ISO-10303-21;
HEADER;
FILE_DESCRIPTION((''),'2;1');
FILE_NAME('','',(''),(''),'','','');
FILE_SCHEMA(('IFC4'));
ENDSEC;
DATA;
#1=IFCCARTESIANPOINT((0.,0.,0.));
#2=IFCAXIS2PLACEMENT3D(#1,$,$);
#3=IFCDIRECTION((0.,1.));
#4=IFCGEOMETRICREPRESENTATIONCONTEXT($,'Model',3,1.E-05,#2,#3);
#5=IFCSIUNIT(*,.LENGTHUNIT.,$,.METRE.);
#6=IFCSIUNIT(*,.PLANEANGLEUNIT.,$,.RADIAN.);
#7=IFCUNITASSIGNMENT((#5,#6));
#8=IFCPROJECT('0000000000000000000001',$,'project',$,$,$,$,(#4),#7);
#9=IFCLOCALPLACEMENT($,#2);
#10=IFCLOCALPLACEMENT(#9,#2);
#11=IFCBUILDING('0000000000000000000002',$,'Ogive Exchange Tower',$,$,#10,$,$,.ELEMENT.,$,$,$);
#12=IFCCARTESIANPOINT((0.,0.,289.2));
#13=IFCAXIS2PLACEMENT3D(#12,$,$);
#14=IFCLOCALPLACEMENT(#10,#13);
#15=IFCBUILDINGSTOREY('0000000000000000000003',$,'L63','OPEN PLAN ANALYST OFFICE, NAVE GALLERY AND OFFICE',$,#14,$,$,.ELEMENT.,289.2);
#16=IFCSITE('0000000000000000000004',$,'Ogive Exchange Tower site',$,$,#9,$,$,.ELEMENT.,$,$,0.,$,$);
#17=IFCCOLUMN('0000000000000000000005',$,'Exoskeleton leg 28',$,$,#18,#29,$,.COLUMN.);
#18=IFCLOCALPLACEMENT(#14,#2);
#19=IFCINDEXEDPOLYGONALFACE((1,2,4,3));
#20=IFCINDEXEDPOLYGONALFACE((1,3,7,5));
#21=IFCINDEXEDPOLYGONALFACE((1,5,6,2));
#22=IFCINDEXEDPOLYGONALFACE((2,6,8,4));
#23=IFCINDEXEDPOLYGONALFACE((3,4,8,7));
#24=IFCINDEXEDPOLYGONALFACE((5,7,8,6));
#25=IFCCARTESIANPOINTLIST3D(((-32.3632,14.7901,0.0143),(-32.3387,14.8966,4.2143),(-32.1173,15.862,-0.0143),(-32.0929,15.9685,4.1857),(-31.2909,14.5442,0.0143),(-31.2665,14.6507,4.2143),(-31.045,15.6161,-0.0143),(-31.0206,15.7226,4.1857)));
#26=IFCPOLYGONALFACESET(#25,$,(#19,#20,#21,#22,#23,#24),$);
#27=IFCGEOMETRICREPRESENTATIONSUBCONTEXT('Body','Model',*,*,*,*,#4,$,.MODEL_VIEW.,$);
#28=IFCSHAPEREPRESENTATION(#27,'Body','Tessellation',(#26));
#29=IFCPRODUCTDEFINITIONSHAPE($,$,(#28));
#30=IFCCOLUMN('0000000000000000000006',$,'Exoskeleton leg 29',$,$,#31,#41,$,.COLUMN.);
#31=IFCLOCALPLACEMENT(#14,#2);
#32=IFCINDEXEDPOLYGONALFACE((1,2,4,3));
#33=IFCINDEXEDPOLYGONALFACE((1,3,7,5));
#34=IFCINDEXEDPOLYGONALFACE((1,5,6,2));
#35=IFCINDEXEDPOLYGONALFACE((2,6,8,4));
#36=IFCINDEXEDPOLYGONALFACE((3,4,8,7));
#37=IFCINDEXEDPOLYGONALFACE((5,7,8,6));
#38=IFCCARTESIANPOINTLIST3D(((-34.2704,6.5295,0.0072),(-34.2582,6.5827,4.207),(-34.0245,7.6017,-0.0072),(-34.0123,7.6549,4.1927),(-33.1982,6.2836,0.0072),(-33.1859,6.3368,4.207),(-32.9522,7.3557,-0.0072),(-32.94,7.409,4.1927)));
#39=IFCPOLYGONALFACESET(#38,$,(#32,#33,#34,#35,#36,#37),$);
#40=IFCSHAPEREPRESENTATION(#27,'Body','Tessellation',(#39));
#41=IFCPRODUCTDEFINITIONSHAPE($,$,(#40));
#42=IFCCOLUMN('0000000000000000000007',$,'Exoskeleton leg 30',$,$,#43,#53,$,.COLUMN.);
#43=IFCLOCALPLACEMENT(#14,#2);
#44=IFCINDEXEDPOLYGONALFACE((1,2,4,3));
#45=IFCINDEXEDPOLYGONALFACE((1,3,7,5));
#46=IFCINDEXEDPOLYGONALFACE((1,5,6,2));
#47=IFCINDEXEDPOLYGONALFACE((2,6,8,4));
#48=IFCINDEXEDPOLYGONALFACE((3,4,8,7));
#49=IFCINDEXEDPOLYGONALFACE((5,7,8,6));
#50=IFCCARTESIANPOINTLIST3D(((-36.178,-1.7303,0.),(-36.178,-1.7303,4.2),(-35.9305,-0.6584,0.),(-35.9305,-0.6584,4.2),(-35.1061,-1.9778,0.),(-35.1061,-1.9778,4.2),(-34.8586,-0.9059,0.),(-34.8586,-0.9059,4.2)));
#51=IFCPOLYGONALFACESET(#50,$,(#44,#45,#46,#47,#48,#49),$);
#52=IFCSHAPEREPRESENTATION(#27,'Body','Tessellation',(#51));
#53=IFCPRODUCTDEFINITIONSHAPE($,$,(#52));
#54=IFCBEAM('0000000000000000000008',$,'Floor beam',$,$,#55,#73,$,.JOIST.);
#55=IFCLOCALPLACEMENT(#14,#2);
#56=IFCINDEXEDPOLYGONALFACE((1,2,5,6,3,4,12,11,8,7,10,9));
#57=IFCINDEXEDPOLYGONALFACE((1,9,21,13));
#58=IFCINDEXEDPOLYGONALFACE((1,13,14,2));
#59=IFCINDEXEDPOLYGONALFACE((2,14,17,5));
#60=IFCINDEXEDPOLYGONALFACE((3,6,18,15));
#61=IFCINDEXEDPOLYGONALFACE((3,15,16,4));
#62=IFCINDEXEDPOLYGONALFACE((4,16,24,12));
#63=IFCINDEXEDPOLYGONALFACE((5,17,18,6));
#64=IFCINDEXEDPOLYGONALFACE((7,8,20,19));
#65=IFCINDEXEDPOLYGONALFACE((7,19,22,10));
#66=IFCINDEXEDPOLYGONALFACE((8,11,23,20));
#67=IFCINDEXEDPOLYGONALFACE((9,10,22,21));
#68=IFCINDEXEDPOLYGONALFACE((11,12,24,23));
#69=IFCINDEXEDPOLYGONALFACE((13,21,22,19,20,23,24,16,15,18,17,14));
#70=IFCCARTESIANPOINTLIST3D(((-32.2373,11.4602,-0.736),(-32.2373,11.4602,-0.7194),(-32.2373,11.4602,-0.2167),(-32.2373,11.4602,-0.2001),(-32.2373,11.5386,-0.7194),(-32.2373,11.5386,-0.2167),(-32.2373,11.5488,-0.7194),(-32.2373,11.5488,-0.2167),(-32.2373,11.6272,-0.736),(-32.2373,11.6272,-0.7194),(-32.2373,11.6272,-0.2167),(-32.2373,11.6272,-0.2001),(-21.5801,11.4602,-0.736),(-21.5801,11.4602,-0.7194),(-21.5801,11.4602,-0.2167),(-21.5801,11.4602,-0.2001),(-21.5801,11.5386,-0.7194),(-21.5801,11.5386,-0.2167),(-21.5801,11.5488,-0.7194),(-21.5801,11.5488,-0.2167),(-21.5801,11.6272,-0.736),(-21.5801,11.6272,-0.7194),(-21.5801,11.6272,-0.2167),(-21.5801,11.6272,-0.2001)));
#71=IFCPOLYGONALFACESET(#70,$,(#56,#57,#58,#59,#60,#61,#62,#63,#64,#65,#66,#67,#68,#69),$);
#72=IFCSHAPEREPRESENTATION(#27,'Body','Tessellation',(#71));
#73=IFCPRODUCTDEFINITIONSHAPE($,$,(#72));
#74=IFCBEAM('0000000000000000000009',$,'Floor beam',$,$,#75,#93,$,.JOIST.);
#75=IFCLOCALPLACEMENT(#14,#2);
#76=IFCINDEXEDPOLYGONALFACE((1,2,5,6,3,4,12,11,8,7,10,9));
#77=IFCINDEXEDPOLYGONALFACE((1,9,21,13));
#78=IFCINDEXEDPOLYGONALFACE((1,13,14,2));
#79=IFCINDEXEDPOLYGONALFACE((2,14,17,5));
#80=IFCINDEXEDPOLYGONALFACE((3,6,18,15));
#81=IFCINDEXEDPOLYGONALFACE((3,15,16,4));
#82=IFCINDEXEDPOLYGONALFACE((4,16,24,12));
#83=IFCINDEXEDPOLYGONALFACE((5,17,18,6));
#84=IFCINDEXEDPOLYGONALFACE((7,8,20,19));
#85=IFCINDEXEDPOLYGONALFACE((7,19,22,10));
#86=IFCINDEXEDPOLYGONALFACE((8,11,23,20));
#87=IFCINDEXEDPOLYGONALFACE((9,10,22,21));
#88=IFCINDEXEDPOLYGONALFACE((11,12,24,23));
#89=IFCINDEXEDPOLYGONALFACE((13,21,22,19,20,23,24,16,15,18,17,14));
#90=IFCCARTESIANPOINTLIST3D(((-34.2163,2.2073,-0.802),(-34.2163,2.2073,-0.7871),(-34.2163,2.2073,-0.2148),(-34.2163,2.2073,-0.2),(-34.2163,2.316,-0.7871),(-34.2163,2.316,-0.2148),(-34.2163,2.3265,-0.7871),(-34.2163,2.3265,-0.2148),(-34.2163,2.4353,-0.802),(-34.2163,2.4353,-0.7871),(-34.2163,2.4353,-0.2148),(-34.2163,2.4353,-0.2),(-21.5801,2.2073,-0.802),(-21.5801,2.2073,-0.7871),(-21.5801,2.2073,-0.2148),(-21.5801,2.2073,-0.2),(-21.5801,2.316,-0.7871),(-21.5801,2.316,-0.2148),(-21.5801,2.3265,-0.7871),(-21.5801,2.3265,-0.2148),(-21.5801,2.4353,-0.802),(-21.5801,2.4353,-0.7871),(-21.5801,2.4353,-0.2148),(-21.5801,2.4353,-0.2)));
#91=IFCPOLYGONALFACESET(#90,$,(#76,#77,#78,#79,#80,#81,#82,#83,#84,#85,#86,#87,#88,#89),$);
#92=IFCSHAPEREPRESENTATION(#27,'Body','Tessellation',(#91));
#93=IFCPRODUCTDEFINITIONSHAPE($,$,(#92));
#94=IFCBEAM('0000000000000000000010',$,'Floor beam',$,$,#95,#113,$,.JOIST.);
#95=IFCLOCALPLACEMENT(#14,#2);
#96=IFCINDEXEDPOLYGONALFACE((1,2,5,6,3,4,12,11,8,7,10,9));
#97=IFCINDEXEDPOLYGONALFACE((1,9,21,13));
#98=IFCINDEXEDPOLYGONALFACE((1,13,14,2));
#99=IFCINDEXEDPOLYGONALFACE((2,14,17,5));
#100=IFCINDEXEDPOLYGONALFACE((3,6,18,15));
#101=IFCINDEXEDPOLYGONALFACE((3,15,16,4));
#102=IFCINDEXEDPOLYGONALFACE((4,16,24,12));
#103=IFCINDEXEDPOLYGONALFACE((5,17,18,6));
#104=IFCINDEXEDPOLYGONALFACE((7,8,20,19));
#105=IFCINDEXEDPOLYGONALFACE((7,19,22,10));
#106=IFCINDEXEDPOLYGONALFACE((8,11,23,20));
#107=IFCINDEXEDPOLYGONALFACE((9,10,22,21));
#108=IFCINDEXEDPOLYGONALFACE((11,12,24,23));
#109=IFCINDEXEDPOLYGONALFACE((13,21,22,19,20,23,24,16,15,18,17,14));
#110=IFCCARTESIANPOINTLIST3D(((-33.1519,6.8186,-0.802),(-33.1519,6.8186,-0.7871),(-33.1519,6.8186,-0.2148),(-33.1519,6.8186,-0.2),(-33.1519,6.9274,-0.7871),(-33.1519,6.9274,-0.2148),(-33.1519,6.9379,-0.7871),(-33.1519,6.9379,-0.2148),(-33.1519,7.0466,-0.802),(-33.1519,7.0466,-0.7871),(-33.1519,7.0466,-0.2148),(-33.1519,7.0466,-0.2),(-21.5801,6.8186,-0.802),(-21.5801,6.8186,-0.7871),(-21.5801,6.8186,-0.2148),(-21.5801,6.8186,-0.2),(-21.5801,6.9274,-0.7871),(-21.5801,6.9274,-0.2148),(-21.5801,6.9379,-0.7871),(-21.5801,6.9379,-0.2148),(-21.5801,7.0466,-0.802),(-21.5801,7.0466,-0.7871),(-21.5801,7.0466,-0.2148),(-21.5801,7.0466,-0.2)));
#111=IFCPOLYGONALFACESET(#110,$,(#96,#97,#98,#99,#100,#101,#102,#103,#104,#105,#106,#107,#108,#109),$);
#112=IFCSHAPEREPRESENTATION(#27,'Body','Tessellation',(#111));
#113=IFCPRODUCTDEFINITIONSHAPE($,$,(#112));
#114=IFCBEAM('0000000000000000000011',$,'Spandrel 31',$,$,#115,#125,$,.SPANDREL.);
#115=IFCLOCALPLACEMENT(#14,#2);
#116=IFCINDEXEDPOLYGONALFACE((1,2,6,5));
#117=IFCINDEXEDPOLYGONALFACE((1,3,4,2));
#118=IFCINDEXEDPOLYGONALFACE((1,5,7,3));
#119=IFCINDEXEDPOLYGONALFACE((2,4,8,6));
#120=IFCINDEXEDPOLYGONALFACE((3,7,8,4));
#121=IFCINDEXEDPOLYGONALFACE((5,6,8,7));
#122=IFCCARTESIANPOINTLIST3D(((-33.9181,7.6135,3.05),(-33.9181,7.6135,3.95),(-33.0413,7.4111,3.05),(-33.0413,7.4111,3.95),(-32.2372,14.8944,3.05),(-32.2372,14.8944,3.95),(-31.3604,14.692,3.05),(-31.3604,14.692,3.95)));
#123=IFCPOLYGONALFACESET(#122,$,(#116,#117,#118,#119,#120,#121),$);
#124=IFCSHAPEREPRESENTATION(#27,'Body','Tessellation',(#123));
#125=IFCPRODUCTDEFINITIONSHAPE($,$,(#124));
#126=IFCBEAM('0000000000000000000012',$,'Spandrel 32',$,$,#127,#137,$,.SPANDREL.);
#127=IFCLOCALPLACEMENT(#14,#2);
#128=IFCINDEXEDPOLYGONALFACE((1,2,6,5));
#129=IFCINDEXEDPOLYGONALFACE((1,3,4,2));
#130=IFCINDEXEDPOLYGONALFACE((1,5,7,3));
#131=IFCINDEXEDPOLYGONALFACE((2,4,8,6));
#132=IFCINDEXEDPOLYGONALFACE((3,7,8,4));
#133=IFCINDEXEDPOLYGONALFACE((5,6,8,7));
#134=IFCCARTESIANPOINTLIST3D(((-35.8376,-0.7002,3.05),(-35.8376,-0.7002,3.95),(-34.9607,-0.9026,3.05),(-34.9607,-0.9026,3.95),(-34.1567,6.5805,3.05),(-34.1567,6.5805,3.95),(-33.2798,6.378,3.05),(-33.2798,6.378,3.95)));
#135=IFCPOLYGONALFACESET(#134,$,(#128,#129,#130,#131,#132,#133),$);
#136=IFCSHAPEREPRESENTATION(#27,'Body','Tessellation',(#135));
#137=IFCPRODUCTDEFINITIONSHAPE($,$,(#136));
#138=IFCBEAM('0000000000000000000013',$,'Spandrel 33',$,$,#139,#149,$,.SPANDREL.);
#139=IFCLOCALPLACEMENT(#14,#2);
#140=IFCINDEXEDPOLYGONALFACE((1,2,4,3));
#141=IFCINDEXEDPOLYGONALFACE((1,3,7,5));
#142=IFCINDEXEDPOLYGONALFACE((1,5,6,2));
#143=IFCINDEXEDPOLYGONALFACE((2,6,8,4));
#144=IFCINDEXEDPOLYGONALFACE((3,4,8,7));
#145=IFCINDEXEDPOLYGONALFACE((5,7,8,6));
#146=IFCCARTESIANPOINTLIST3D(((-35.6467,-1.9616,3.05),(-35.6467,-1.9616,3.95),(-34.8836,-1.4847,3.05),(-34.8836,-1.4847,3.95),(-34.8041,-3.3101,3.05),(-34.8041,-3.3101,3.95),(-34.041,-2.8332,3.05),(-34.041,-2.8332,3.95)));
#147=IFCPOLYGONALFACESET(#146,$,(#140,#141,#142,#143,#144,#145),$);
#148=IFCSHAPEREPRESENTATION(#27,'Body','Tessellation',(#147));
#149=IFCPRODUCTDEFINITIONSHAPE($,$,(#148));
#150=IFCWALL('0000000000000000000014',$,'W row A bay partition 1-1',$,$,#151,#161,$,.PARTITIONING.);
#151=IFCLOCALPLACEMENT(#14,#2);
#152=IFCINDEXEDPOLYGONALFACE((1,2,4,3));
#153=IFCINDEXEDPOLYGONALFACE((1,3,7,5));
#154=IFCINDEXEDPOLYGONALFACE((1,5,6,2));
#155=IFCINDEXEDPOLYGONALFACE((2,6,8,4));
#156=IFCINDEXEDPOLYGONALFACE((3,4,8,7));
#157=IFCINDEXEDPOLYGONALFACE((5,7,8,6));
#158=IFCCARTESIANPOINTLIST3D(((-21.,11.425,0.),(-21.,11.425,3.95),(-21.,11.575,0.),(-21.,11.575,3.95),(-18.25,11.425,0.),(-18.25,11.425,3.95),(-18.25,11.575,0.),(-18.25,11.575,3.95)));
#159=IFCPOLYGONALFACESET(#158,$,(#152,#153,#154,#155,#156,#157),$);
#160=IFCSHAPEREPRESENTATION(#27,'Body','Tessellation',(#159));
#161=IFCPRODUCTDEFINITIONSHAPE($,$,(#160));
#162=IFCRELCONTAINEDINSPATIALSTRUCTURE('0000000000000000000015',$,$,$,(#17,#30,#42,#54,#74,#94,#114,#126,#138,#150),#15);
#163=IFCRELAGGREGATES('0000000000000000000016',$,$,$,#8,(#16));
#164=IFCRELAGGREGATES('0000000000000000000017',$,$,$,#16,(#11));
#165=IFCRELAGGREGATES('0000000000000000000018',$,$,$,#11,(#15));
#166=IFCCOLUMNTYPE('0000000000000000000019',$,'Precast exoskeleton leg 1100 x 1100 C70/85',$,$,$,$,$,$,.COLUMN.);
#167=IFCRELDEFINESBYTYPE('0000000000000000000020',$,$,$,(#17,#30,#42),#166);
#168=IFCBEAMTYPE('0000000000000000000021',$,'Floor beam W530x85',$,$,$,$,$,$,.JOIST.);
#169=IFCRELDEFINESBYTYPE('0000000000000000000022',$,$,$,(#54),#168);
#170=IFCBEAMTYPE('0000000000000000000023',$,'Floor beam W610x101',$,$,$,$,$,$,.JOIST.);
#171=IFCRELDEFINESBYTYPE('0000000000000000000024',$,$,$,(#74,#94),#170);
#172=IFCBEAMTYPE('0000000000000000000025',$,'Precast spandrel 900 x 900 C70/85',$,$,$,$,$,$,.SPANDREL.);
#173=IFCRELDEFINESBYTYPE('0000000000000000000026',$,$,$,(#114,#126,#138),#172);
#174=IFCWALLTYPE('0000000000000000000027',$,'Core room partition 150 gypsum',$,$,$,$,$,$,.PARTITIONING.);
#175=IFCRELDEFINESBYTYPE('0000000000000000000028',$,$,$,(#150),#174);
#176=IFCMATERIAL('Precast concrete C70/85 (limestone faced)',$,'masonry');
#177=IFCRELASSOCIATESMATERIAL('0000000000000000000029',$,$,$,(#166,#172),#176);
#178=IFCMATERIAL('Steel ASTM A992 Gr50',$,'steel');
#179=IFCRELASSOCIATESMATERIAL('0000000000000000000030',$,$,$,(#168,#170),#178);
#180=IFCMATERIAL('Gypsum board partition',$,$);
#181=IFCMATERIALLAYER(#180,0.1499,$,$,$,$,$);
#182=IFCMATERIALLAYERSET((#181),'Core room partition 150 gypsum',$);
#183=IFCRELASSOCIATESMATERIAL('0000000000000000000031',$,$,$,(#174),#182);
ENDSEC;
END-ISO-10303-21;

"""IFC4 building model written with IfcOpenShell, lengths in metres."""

from ifc_helpers import new_model, si_unit, direction, frame, frame_2d, origin, origin_2d, place, context, subcontext, project, spatial, rectangle, i_section, extrude, material, layer, layer_set, material_profile, profile_set, type_object, element, save


model = new_model("IFC4")

# Units and contexts
model_context = context("Model", 3, precision=1e-05, world=origin(), true_north=direction((0.0, 1.0)))
body_context = subcontext(model_context, "Body", "Model", "MODEL_VIEW")
ifc_project = project(units=[si_unit("LENGTHUNIT", "METRE"), si_unit("PLANEANGLEUNIT", "RADIAN")], contexts=[model_context])

# Site, building, storey
site_placement = place(None, origin())
site = spatial("IfcSite", under=ifc_project, at=site_placement, Name="Ogive Exchange Tower site", CompositionType="ELEMENT", RefElevation=0.0)
building_placement = place(site_placement, origin())
building = spatial("IfcBuilding", under=site, at=building_placement, Name="Ogive Exchange Tower", CompositionType="ELEMENT")
storey_placement = place(building_placement, frame((0.0, 0.0, 289.2)))
storey = spatial("IfcBuildingStorey", under=building, at=storey_placement, Name="L63", Description="OPEN PLAN ANALYST OFFICE, NAVE GALLERY AND OFFICE", CompositionType="ELEMENT", Elevation=289.2)

# Columns
ifc_material_1 = material(Name="Precast concrete C70/85 (limestone faced)", Category="masonry")
ifc_material_profile_1 = material_profile(ifc_material_1, rectangle(XDim=1.1001, YDim=1.1001, at=origin_2d()), Name="1100 x 1100")
ifc_profile_set_1 = profile_set([ifc_material_profile_1], Name="Precast concrete C70/85 (limestone faced)")
column_type = type_object("IfcColumnType", Name="Precast exoskeleton leg 1100 x 1100 C70/85", PredefinedType="COLUMN", material=ifc_profile_set_1)
column_1_placement = place(storey_placement, frame((-31.7041, 15.2031, 0.0), z_axis=(0.005811, 0.025336, 0.999662), x_axis=(-0.974692, 0.223553, 0.0)))
element("IfcColumn", 1, at=column_1_placement, inside=storey, type_object=column_type, Name="Exoskeleton leg 28", PredefinedType="COLUMN", context=body_context, shape_type="SweptSolid", body=[
    extrude(rectangle(XDim=1.1001, YDim=1.1001, at=origin_2d()), origin(), (0.0, 0.0, 1.0), 4.2014),
])
column_2_placement = place(storey_placement, frame((-33.6113, 6.9426, 0.0), z_axis=(0.002906, 0.012671, 0.999915), x_axis=(-0.974692, 0.223553, 0.0)))
element("IfcColumn", 2, at=column_2_placement, inside=storey, type_object=column_type, Name="Exoskeleton leg 29", PredefinedType="COLUMN", context=body_context, shape_type="SweptSolid", body=[
    extrude(rectangle(XDim=1.1001, YDim=1.1001, at=origin_2d()), origin(), (0.0, 0.0, 1.0), 4.2002),
])
column_3_placement = place(storey_placement, frame((-35.5183, -1.3181, 0.0), z_axis=(0.0, 0.0, 1.0), x_axis=(0.97437, -0.224951, 0.0)))
element("IfcColumn", 3, at=column_3_placement, inside=storey, type_object=column_type, Name="Exoskeleton leg 30", PredefinedType="COLUMN", context=body_context, shape_type="SweptSolid", body=[
    extrude(rectangle(XDim=1.1001, YDim=1.1001, at=origin_2d()), origin(), (0.0, 0.0, 1.0), 4.2),
])

# Beams
ifc_material_2 = material(Name="Steel ASTM A992 Gr50", Category="steel")
ifc_material_profile_2 = material_profile(ifc_material_2, i_section(OverallWidth=0.167, OverallDepth=0.5359, WebThickness=0.0103, FlangeThickness=0.0166, at=origin_2d()), Name="W530x85")
ifc_profile_set_2 = profile_set([ifc_material_profile_2], Name="Steel ASTM A992 Gr50")
beam_type_1 = type_object("IfcBeamType", Name="Floor beam W530x85", PredefinedType="JOIST", material=ifc_profile_set_2)
beam_1_placement = place(storey_placement, frame((-32.2373, 11.5437, -0.468), z_axis=(1.0, 0.0, 0.0), x_axis=(0.0, 1.0, 0.0)))
element("IfcBeam", 4, at=beam_1_placement, inside=storey, type_object=beam_type_1, Name="Floor beam", PredefinedType="JOIST", context=body_context, shape_type="SweptSolid", body=[
    extrude(i_section(OverallWidth=0.167, OverallDepth=0.5359, WebThickness=0.0103, FlangeThickness=0.0166, at=origin_2d()), origin(), (0.0, 0.0, 1.0), 10.6572),
])
ifc_material_profile_3 = material_profile(ifc_material_2, i_section(OverallWidth=0.228, OverallDepth=0.6021, WebThickness=0.0105, FlangeThickness=0.0149, at=origin_2d()), Name="W610x101")
ifc_profile_set_3 = profile_set([ifc_material_profile_3], Name="Steel ASTM A992 Gr50")
beam_type_2 = type_object("IfcBeamType", Name="Floor beam W610x101", PredefinedType="JOIST", material=ifc_profile_set_3)
beam_2_placement = place(storey_placement, frame((-34.2163, 2.3213, -0.501), z_axis=(1.0, 0.0, 0.0), x_axis=(0.0, 1.0, 0.0)))
element("IfcBeam", 5, at=beam_2_placement, inside=storey, type_object=beam_type_2, Name="Floor beam", PredefinedType="JOIST", context=body_context, shape_type="SweptSolid", body=[
    extrude(i_section(OverallWidth=0.228, OverallDepth=0.6021, WebThickness=0.0105, FlangeThickness=0.0149, at=origin_2d()), origin(), (0.0, 0.0, 1.0), 12.6362),
])
beam_3_placement = place(storey_placement, frame((-33.1519, 6.9326, -0.501), z_axis=(1.0, 0.0, 0.0), x_axis=(0.0, 1.0, 0.0)))
element("IfcBeam", 6, at=beam_3_placement, inside=storey, type_object=beam_type_2, Name="Floor beam", PredefinedType="JOIST", context=body_context, shape_type="SweptSolid", body=[
    extrude(i_section(OverallWidth=0.228, OverallDepth=0.6021, WebThickness=0.0105, FlangeThickness=0.0149, at=origin_2d()), origin(), (0.0, 0.0, 1.0), 11.5718),
])
ifc_material_profile_4 = material_profile(ifc_material_1, rectangle(XDim=0.8999, YDim=0.8999, at=origin_2d()), Name="900 x 900")
ifc_profile_set_4 = profile_set([ifc_material_profile_4], Name="Precast concrete C70/85 (limestone faced)")
beam_type_3 = type_object("IfcBeamType", Name="Precast spandrel 900 x 900 C70/85", PredefinedType="SPANDREL", material=ifc_profile_set_4)
beam_4_placement = place(storey_placement, frame((-31.7988, 14.7932, 3.5), z_axis=(-0.224945, -0.974371, 0.0), x_axis=(0.974371, -0.224945, 0.0)))
element("IfcBeam", 7, at=beam_4_placement, inside=storey, type_object=beam_type_3, Name="Spandrel 31", PredefinedType="SPANDREL", context=body_context, shape_type="SweptSolid", body=[
    extrude(rectangle(XDim=0.8999, YDim=0.8999, at=origin_2d()), origin(), (0.0, 0.0, 1.0), 7.4724),
])
beam_5_placement = place(storey_placement, frame((-33.7183, 6.4792, 3.5), z_axis=(-0.224953, -0.97437, 0.0), x_axis=(0.97437, -0.224953, 0.0)))
element("IfcBeam", 8, at=beam_5_placement, inside=storey, type_object=beam_type_3, Name="Spandrel 32", PredefinedType="SPANDREL", context=body_context, shape_type="SweptSolid", body=[
    extrude(rectangle(XDim=0.8999, YDim=0.8999, at=origin_2d()), origin(), (0.0, 0.0, 1.0), 7.4722),
])
beam_6_placement = place(storey_placement, frame((-35.2651, -1.7231, 3.5), z_axis=(0.529902, -0.848059, 0.0), x_axis=(0.848059, 0.529902, 0.0)))
element("IfcBeam", 9, at=beam_6_placement, inside=storey, type_object=beam_type_3, Name="Spandrel 33", PredefinedType="SPANDREL", context=body_context, shape_type="SweptSolid", body=[
    extrude(rectangle(XDim=0.8999, YDim=0.8999, at=origin_2d()), origin(), (0.0, 0.0, 1.0), 1.5901),
])

# Wall
ifc_material_3 = material(Name="Gypsum board partition")
ifc_layer_1 = layer(ifc_material_3, 0.1499)
ifc_layer_set_1 = layer_set([ifc_layer_1], Name="Core room partition 150 gypsum")
wall_type_1 = type_object("IfcWallType", Name="Core room partition 150 gypsum", PredefinedType="PARTITIONING", material=ifc_layer_set_1)
wall_1_placement = place(storey_placement, frame((-21.0, 11.5, 0.0), z_axis=(0.0, 0.0, 1.0), x_axis=(1.0, 0.0, 0.0)))
element("IfcWall", 10, at=wall_1_placement, inside=storey, type_object=wall_type_1, Name="W row A bay partition 1-1", PredefinedType="PARTITIONING", context=body_context, shape_type="SweptSolid", body=[
    extrude(rectangle(XDim=2.75, YDim=0.1499, at=frame_2d((1.375, 0.0))), origin(), (0.0, 0.0, 1.0), 3.95),
])

save(model, "model.ifc")
